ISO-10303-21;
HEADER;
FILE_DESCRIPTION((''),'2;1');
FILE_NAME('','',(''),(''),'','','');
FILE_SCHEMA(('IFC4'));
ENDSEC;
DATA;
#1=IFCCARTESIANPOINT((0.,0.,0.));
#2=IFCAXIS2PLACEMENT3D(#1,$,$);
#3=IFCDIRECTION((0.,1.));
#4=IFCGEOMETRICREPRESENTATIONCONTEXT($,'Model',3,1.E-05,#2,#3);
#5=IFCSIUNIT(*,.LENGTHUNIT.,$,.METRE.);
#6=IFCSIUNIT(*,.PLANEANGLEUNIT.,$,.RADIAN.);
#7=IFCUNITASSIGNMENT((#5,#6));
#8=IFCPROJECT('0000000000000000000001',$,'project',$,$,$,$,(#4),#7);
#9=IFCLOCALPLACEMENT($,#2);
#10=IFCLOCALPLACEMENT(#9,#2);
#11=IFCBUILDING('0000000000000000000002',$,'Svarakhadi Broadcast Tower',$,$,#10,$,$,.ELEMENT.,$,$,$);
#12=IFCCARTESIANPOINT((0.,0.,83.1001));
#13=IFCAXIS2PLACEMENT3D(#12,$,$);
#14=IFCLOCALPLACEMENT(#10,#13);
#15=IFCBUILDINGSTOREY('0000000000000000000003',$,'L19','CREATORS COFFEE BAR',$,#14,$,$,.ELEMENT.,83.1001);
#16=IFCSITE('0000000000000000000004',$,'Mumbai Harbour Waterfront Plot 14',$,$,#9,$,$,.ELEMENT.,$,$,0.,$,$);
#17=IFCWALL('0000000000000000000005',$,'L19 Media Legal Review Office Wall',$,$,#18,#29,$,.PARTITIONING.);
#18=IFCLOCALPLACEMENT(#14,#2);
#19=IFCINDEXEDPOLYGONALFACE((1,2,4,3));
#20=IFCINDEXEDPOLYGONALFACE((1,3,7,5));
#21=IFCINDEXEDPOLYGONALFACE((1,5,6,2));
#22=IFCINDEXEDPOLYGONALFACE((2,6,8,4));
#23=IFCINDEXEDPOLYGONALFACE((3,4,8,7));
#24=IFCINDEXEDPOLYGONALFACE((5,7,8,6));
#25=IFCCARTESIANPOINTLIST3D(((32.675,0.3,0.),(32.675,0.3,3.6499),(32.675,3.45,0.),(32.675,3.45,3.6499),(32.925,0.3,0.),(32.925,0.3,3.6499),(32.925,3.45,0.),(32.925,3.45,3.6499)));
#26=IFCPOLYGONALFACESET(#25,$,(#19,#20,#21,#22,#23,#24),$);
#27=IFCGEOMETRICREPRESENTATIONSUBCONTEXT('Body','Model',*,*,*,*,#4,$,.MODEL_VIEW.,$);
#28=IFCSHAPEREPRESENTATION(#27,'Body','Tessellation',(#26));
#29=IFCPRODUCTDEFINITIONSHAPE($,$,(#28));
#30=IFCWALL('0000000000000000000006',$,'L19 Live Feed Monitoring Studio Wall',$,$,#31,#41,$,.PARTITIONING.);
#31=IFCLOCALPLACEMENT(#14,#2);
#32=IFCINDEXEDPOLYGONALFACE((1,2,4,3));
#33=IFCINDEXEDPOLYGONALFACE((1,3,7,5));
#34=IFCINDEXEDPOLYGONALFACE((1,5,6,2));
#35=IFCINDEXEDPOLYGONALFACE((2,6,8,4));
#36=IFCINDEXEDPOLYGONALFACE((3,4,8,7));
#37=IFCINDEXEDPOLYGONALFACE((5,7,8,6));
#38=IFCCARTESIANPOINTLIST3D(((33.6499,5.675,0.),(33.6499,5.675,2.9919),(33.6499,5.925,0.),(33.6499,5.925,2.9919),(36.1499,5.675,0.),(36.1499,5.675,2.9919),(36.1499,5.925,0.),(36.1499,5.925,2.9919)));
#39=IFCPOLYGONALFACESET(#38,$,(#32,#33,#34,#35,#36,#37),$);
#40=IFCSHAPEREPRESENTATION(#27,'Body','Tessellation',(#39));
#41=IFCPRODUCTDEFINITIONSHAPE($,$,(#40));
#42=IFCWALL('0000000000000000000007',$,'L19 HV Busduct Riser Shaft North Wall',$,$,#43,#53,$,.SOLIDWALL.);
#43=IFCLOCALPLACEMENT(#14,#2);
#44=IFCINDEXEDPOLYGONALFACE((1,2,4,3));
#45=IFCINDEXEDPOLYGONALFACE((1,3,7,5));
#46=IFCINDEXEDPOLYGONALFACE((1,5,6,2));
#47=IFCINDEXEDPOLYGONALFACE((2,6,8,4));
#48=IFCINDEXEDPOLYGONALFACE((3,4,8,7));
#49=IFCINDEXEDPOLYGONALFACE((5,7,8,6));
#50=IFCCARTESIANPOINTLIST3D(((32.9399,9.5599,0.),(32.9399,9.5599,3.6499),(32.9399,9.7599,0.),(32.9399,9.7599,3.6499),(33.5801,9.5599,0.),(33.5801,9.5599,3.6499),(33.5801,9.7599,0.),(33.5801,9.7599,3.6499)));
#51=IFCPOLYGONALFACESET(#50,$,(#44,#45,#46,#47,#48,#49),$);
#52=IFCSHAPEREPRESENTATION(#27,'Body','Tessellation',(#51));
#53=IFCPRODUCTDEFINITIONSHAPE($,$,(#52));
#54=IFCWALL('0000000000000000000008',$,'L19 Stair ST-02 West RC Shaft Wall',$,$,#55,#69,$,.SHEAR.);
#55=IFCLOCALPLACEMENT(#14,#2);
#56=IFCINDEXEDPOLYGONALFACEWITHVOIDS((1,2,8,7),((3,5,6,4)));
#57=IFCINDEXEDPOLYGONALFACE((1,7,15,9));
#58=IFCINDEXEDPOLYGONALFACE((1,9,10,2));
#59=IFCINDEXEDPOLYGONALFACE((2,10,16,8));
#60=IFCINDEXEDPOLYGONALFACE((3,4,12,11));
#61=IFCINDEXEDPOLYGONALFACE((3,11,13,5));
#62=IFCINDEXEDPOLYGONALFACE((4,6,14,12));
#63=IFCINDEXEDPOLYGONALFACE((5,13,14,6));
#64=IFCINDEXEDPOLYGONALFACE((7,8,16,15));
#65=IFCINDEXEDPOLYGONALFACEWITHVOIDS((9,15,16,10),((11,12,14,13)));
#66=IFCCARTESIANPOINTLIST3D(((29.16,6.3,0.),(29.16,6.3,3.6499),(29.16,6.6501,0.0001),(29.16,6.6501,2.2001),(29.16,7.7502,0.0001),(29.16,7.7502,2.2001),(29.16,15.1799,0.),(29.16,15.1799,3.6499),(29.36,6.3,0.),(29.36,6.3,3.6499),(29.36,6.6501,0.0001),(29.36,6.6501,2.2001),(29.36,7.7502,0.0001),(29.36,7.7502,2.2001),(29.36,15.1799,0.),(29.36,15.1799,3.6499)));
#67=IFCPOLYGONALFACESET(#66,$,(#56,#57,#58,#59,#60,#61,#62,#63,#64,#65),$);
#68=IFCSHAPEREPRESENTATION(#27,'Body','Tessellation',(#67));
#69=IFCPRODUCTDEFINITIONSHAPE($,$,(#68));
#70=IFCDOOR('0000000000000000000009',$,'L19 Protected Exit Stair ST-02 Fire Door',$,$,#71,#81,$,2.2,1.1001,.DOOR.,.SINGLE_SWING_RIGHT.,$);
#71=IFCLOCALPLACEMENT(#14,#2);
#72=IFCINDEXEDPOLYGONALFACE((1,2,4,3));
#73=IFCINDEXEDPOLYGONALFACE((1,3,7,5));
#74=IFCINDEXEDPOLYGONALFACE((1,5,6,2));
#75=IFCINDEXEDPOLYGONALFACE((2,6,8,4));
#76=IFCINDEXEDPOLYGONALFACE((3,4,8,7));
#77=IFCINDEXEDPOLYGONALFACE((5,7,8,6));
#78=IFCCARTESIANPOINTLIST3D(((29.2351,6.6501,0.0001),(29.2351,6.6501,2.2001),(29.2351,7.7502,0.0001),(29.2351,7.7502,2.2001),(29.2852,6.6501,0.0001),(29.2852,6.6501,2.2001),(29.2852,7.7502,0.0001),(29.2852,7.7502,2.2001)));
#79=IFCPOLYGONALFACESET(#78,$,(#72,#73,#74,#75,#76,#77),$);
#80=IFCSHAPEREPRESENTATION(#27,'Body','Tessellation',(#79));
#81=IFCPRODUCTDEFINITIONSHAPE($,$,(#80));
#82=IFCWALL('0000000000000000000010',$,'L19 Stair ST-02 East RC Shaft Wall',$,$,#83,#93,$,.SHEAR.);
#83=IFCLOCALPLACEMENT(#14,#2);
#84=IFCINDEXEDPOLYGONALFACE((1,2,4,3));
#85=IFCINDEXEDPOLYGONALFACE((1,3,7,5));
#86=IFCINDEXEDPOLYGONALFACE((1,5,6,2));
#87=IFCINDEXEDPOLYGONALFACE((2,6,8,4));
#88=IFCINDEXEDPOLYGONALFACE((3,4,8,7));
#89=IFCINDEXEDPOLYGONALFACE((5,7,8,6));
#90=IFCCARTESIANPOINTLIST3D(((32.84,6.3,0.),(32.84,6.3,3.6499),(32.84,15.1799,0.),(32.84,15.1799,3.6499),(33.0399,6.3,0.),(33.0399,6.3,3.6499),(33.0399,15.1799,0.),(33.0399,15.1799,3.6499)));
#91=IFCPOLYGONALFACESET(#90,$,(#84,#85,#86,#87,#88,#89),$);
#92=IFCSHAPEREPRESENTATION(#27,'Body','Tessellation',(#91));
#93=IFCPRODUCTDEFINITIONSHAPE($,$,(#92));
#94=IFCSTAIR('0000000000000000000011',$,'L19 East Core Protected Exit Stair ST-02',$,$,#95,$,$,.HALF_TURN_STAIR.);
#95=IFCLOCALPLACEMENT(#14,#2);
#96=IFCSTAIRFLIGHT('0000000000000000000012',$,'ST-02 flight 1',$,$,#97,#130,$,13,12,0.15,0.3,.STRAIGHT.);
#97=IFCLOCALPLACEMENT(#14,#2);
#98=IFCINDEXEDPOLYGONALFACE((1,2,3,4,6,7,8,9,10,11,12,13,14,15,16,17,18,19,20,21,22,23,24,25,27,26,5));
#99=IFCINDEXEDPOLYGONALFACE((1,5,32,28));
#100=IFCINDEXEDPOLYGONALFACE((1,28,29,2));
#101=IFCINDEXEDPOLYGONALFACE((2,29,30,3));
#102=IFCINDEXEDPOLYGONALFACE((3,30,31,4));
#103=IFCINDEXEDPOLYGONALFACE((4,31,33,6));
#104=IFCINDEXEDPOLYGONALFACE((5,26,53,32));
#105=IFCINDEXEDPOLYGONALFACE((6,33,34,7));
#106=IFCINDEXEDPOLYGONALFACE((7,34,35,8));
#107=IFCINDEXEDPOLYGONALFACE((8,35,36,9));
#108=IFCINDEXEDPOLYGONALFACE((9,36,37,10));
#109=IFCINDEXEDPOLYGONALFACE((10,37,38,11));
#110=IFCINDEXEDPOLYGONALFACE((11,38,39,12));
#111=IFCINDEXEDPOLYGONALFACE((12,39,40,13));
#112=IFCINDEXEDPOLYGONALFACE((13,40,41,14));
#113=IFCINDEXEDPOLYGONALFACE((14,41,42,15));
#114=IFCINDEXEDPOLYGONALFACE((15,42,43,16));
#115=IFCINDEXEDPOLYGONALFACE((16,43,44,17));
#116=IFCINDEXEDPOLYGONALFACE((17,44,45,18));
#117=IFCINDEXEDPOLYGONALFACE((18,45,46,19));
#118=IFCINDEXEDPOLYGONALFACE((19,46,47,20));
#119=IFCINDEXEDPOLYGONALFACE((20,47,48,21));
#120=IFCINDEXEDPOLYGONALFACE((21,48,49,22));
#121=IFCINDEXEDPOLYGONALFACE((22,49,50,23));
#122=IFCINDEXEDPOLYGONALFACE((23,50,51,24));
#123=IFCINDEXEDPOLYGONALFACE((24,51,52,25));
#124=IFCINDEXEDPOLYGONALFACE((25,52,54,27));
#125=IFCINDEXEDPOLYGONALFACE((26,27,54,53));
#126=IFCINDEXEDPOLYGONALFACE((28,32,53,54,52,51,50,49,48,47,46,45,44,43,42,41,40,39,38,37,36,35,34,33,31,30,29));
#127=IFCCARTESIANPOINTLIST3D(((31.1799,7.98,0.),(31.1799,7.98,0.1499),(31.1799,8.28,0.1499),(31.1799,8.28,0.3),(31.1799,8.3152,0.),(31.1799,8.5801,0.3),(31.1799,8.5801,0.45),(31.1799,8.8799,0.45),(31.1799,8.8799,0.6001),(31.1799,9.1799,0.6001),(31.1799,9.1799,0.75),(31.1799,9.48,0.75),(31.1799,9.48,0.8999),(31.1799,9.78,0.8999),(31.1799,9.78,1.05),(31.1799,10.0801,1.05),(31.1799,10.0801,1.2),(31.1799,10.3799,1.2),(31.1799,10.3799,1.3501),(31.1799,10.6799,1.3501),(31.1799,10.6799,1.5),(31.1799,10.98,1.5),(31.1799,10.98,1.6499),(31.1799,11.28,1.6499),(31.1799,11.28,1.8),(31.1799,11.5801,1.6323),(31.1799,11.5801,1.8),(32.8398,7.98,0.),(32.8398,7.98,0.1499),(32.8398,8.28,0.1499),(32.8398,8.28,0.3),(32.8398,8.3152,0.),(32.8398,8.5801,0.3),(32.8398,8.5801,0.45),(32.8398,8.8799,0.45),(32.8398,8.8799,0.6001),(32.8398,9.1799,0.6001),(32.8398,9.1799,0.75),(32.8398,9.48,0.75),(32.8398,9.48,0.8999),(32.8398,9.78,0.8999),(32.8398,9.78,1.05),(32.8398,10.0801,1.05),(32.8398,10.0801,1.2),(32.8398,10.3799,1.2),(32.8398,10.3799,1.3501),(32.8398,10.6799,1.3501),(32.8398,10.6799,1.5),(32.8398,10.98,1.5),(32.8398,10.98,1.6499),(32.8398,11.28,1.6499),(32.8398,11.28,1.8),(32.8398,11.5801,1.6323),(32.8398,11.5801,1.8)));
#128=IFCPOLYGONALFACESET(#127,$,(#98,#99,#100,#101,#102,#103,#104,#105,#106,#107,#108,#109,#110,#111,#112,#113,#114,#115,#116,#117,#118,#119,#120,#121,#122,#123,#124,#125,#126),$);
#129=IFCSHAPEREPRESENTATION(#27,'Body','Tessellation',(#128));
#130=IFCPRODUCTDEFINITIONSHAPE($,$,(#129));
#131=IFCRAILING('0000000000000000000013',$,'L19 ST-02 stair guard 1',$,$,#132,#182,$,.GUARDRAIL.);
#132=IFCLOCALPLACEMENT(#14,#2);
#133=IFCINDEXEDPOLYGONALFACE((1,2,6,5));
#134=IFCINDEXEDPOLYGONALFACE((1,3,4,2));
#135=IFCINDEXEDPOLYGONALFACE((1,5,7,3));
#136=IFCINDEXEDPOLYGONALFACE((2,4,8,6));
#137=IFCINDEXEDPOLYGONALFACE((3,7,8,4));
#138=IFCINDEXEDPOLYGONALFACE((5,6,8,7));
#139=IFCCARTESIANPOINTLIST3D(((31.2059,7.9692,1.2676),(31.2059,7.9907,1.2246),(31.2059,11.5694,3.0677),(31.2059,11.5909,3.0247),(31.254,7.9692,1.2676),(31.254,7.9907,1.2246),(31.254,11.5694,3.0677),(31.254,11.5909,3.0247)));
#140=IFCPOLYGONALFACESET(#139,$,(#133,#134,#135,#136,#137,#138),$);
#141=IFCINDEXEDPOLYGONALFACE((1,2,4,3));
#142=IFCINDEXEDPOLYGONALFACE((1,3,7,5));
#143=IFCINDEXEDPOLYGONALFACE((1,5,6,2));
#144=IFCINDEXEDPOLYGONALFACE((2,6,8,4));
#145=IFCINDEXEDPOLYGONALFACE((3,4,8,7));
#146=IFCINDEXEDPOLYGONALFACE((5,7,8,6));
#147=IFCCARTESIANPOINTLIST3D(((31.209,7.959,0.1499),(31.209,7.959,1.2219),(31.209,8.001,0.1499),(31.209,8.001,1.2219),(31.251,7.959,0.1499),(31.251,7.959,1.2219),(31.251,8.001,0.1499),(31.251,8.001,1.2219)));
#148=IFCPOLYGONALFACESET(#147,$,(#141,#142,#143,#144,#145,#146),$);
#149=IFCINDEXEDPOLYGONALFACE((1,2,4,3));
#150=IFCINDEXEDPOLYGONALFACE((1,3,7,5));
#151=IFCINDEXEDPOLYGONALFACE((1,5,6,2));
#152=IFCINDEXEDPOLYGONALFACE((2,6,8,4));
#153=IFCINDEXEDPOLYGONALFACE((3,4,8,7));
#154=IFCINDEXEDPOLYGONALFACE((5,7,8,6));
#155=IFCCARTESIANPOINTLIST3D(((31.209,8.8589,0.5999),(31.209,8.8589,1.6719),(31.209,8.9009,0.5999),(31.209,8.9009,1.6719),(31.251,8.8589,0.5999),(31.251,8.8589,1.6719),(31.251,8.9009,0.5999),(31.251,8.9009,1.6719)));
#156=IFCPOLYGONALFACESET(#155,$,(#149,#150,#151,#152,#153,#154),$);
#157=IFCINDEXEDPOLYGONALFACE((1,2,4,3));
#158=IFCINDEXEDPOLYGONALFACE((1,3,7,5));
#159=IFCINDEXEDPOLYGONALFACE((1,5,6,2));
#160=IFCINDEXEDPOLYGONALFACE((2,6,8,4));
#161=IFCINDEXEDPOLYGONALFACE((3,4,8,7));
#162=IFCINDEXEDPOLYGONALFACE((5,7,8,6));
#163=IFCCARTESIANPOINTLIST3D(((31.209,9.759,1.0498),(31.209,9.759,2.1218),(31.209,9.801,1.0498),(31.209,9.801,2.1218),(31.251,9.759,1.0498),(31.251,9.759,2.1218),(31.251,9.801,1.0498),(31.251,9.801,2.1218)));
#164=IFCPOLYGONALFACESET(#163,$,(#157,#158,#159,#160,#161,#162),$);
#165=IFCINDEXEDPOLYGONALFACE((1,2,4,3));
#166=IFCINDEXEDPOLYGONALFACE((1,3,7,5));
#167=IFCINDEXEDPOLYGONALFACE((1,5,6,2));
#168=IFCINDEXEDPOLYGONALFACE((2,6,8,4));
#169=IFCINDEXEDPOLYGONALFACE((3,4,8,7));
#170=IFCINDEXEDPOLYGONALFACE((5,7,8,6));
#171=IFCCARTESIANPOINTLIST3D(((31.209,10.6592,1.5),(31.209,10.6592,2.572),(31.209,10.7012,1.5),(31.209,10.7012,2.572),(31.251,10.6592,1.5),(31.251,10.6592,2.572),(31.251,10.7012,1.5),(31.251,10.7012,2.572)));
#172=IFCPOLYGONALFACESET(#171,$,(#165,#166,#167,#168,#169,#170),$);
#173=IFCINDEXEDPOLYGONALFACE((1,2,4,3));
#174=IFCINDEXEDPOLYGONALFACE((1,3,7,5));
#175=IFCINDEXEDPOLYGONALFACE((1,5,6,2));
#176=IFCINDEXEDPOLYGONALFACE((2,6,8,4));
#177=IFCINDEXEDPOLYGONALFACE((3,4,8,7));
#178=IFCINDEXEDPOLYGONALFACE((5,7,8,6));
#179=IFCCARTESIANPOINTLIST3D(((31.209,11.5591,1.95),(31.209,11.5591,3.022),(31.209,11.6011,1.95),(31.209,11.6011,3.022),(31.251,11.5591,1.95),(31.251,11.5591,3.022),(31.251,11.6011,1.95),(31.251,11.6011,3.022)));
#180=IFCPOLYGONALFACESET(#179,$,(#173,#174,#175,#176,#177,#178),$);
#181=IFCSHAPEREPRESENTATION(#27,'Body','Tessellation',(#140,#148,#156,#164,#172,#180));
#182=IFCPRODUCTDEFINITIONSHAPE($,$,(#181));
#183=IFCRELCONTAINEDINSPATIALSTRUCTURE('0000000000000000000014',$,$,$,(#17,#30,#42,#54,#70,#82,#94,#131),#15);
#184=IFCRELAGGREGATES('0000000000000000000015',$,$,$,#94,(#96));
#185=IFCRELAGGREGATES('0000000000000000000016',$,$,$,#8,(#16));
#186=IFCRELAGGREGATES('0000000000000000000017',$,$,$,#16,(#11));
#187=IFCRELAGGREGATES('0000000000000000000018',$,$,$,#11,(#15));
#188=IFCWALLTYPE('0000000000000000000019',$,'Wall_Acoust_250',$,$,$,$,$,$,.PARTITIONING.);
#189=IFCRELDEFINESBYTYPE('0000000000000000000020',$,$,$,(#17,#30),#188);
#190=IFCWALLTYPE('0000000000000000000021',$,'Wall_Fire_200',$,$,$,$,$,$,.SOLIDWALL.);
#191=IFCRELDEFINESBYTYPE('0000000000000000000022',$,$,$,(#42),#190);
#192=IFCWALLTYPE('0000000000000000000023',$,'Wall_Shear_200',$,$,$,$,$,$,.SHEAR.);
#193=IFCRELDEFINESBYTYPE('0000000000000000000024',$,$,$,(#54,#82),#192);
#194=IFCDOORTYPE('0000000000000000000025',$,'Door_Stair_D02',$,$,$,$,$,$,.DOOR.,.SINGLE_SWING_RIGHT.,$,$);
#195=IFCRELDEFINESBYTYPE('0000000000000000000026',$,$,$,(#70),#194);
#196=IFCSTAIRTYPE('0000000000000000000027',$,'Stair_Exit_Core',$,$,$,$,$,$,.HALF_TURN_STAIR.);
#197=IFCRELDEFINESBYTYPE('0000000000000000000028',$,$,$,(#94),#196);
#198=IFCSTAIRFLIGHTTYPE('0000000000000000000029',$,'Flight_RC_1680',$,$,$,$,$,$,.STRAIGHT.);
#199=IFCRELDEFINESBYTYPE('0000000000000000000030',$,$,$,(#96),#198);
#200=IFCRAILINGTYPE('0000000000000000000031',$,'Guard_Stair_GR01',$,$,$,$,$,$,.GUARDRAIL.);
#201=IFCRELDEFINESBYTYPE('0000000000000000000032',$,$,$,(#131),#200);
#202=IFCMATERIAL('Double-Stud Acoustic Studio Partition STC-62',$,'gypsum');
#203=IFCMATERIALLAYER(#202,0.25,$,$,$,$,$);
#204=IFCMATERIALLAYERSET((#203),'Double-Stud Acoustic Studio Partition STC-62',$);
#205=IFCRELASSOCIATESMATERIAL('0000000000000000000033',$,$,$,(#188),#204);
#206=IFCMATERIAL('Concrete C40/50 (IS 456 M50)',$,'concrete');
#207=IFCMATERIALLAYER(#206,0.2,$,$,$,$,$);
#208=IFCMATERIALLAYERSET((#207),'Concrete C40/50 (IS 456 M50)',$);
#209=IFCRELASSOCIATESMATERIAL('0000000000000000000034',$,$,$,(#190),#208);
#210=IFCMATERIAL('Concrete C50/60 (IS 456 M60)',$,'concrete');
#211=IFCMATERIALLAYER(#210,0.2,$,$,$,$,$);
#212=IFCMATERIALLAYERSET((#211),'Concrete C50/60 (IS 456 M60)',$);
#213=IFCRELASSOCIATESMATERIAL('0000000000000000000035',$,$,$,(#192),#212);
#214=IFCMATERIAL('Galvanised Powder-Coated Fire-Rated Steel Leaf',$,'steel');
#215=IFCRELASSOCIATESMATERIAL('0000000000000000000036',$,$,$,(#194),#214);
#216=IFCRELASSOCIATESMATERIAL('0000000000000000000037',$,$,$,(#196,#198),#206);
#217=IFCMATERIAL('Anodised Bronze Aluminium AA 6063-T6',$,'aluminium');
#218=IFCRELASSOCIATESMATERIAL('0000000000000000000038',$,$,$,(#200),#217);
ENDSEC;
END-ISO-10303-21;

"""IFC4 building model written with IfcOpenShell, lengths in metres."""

from ifc_helpers import new_model, si_unit, direction, frame, frame_2d, origin, origin_2d, place, context, subcontext, project, spatial, polyline, rectangle, outline, extrude, material, layer, layer_set, type_object, element, fill, aggregate, save


model = new_model("IFC4")

# Units and contexts
model_context = context("Model", 3, precision=1e-05, world=origin(), true_north=direction((0.0, 1.0)))
body_context = subcontext(model_context, "Body", "Model", "MODEL_VIEW")
ifc_project = project(units=[si_unit("LENGTHUNIT", "METRE"), si_unit("PLANEANGLEUNIT", "RADIAN")], contexts=[model_context])

# Site, building, storey
site_placement = place(None, origin())
site = spatial("IfcSite", under=ifc_project, at=site_placement, Name="Mumbai Harbour Waterfront Plot 14", CompositionType="ELEMENT", RefElevation=0.0)
building_placement = place(site_placement, origin())
building = spatial("IfcBuilding", under=site, at=building_placement, Name="Svarakhadi Broadcast Tower", CompositionType="ELEMENT")
storey_placement = place(building_placement, frame((0.0, 0.0, 83.1001)))
storey = spatial("IfcBuildingStorey", under=building, at=storey_placement, Name="L19", Description="CREATORS COFFEE BAR", CompositionType="ELEMENT", Elevation=83.1001)

# Shared definitions
ifc_material_1 = material(Name="Anodised Bronze Aluminium AA 6063-T6", Category="aluminium")

# Shared definitions
ifc_material_2 = material(Name="Concrete C50/60 (IS 456 M60)", Category="concrete")

# Walls
ifc_material_3 = material(Name="Double-Stud Acoustic Studio Partition STC-62", Category="gypsum")
ifc_layer_1 = layer(ifc_material_3, 0.25)
ifc_layer_set_1 = layer_set([ifc_layer_1], Name="Double-Stud Acoustic Studio Partition STC-62")
wall_type_1 = type_object("IfcWallType", Name="Wall_Acoust_250", PredefinedType="PARTITIONING", material=ifc_layer_set_1)
wall_1_placement = place(storey_placement, frame((32.8, 0.3, 0.0), z_axis=(0.0, 0.0, 1.0), x_axis=(0.0, 1.0, 0.0)))
element("IfcWall", 1, at=wall_1_placement, inside=storey, type_object=wall_type_1, Name="L19 Media Legal Review Office Wall", PredefinedType="PARTITIONING", context=body_context, shape_type="SweptSolid", body=[
    extrude(rectangle(XDim=3.1499, YDim=0.25, at=frame_2d((1.575, 0.0))), origin(), (0.0, 0.0, 1.0), 3.6499),
])
wall_2_placement = place(storey_placement, frame((33.6499, 5.8, 0.0), z_axis=(0.0, 0.0, 1.0), x_axis=(1.0, 0.0, 0.0)))
element("IfcWall", 2, at=wall_2_placement, inside=storey, type_object=wall_type_1, Name="L19 Live Feed Monitoring Studio Wall", PredefinedType="PARTITIONING", context=body_context, shape_type="SweptSolid", body=[
    extrude(rectangle(XDim=2.5, YDim=0.25, at=frame_2d((1.25, 0.0))), origin(), (0.0, 0.0, 1.0), 2.9919),
])
ifc_material_4 = material(Name="Concrete C40/50 (IS 456 M50)", Category="concrete")
ifc_layer_2 = layer(ifc_material_4, 0.2)
ifc_layer_set_2 = layer_set([ifc_layer_2], Name="Concrete C40/50 (IS 456 M50)")
wall_type_2 = type_object("IfcWallType", Name="Wall_Fire_200", PredefinedType="SOLIDWALL", material=ifc_layer_set_2)
wall_3_placement = place(storey_placement, frame((32.9399, 9.6599, 0.0), z_axis=(0.0, 0.0, 1.0), x_axis=(1.0, 0.0, 0.0)))
element("IfcWall", 3, at=wall_3_placement, inside=storey, type_object=wall_type_2, Name="L19 HV Busduct Riser Shaft North Wall", PredefinedType="SOLIDWALL", context=body_context, shape_type="SweptSolid", body=[
    extrude(rectangle(XDim=0.6401, YDim=0.2, at=frame_2d((0.3201, 0.0))), origin(), (0.0, 0.0, 1.0), 3.6499),
])

# Wall, opening, door
ifc_layer_3 = layer(ifc_material_2, 0.2)
ifc_layer_set_3 = layer_set([ifc_layer_3], Name="Concrete C50/60 (IS 456 M60)")
wall_type_3 = type_object("IfcWallType", Name="Wall_Shear_200", PredefinedType="SHEAR", material=ifc_layer_set_3)
wall_4_placement = place(storey_placement, frame((29.26, 6.3, 0.0), z_axis=(0.0, 0.0, 1.0), x_axis=(0.0, 1.0, 0.0)))
wall_4 = element("IfcWall", 4, at=wall_4_placement, inside=storey, type_object=wall_type_3, Name="L19 Stair ST-02 West RC Shaft Wall", PredefinedType="SHEAR", context=body_context, shape_type="SweptSolid", body=[
    extrude(rectangle(XDim=8.8799, YDim=0.2, at=frame_2d((4.4399, 0.0))), origin(), (0.0, 0.0, 1.0), 3.6499),
])
opening_1_placement = place(wall_4_placement, frame((0.3501, 0.0, 0.0)))
opening_1 = element("IfcOpeningElement", 5, at=opening_1_placement, cuts=wall_4, PredefinedType="OPENING", context=body_context, shape_type="SweptSolid", body=[
    extrude(rectangle(XDim=1.1001, YDim=2.2, at=frame_2d((0.55, 1.1001))), frame((0.0, 0.1099, 0.0), z_axis=(0.0, -1.0, 0.0), x_axis=(1.0, 0.0, 0.0)), (0.0, 0.0, 1.0), 0.22),
])
ifc_material_5 = material(Name="Galvanised Powder-Coated Fire-Rated Steel Leaf", Category="steel")
door_type_1 = type_object("IfcDoorType", Name="Door_Stair_D02", OperationType="SINGLE_SWING_RIGHT", PredefinedType="DOOR", material=ifc_material_5)
door_1_placement = place(opening_1_placement, origin())
door_1 = element("IfcDoor", 6, at=door_1_placement, inside=storey, type_object=door_type_1, Name="L19 Protected Exit Stair ST-02 Fire Door", OperationType="SINGLE_SWING_RIGHT", OverallHeight=2.2, OverallWidth=1.1001, PredefinedType="DOOR", context=body_context, shape_type="SweptSolid", body=[
    extrude(rectangle(XDim=1.1001, YDim=2.2, at=frame_2d((0.55, 1.1001))), frame((0.0, 0.0249, 0.0), z_axis=(0.0, -1.0, 0.0), x_axis=(1.0, 0.0, 0.0)), (0.0, 0.0, 1.0), 0.05),
])
fill(opening_1, door_1)

# Wall
wall_5_placement = place(storey_placement, frame((32.9399, 6.3, 0.0), z_axis=(0.0, 0.0, 1.0), x_axis=(0.0, 1.0, 0.0)))
element("IfcWall", 7, at=wall_5_placement, inside=storey, type_object=wall_type_3, Name="L19 Stair ST-02 East RC Shaft Wall", PredefinedType="SHEAR", context=body_context, shape_type="SweptSolid", body=[
    extrude(rectangle(XDim=8.8799, YDim=0.2, at=frame_2d((4.4399, 0.0))), origin(), (0.0, 0.0, 1.0), 3.6499),
])

# Stair, stair flight
stair_type = type_object("IfcStairType", Name="Stair_Exit_Core", PredefinedType="HALF_TURN_STAIR", material=ifc_material_4)
stair_placement = place(storey_placement, origin())
stair = element("IfcStair", 8, at=stair_placement, inside=storey, type_object=stair_type, Name="L19 East Core Protected Exit Stair ST-02", PredefinedType="HALF_TURN_STAIR")
stair_flight_type = type_object("IfcStairFlightType", Name="Flight_RC_1680", PredefinedType="STRAIGHT", material=ifc_material_4)
stair_flight_placement = place(storey_placement, frame((32.01, 7.98, 0.0), z_axis=(0.0, 0.0, 1.0), x_axis=(0.0, 1.0, 0.0)))
stair_flight = element("IfcStairFlight", 9, at=stair_flight_placement, type_object=stair_flight_type, Name="ST-02 flight 1", NumberOfRisers=13, NumberOfTreads=12, PredefinedType="STRAIGHT", RiserHeight=0.15, TreadLength=0.3, context=body_context, shape_type="SweptSolid", body=[
    extrude(outline(polyline([(0.0, 0.0), (0.0, 0.1499), (0.3, 0.1499), (0.3, 0.3), (0.6001, 0.3), (0.6001, 0.45), (0.8999, 0.45), (0.8999, 0.6001), (1.2, 0.6001), (1.2, 0.75), (1.5, 0.75), (1.5, 0.8999), (1.8, 0.8999), (1.8, 1.05), (2.1001, 1.05), (2.1001, 1.2), (2.3999, 1.2), (2.3999, 1.3501), (2.7, 1.3501), (2.7, 1.5), (3.0, 1.5), (3.0, 1.6499), (3.3, 1.6499), (3.3, 1.8), (3.6001, 1.8), (3.6001, 1.95), (3.6001, 1.6323), (0.3352, 0.0), (0.0, 0.0)])), frame((0.0, 0.8301, 0.0), z_axis=(0.0, -1.0, 0.0), x_axis=(1.0, 0.0, 0.0)), (0.0, 0.0, 1.0), 1.6599),
])
aggregate(stair, [stair_flight])

# Railing
railing_type_1 = type_object("IfcRailingType", Name="Guard_Stair_GR01", PredefinedType="GUARDRAIL", material=ifc_material_1)
railing_1_placement = place(storey_placement, frame((31.23, 7.98, 0.1499)))
element("IfcRailing", 10, at=railing_1_placement, inside=storey, type_object=railing_type_1, Name="L19 ST-02 stair guard 1", PredefinedType="GUARDRAIL", context=body_context, shape_type="SweptSolid", body=[
    extrude(rectangle(XDim=0.0481, YDim=0.0481, at=origin_2d()), frame((0.0, 0.0, 1.0962), z_axis=(0.0, 0.894427, 0.447214), x_axis=(-1.0, 0.0, 0.0)), (0.0, 0.0, 1.0), 4.0251),
    extrude(rectangle(XDim=0.042, YDim=0.042, at=origin_2d()), origin(), (0.0, 0.0, 1.0), 1.072),
    extrude(rectangle(XDim=0.042, YDim=0.042, at=origin_2d()), frame((0.0, 0.8999, 0.45)), (0.0, 0.0, 1.0), 1.072),
    extrude(rectangle(XDim=0.042, YDim=0.042, at=origin_2d()), frame((0.0, 1.8, 0.8999)), (0.0, 0.0, 1.0), 1.072),
    extrude(rectangle(XDim=0.042, YDim=0.042, at=origin_2d()), frame((0.0, 2.7002, 1.3501)), (0.0, 0.0, 1.0), 1.072),
    extrude(rectangle(XDim=0.042, YDim=0.042, at=origin_2d()), frame((0.0, 3.6001, 1.8)), (0.0, 0.0, 1.0), 1.072),
])

save(model, "model.ifc")
